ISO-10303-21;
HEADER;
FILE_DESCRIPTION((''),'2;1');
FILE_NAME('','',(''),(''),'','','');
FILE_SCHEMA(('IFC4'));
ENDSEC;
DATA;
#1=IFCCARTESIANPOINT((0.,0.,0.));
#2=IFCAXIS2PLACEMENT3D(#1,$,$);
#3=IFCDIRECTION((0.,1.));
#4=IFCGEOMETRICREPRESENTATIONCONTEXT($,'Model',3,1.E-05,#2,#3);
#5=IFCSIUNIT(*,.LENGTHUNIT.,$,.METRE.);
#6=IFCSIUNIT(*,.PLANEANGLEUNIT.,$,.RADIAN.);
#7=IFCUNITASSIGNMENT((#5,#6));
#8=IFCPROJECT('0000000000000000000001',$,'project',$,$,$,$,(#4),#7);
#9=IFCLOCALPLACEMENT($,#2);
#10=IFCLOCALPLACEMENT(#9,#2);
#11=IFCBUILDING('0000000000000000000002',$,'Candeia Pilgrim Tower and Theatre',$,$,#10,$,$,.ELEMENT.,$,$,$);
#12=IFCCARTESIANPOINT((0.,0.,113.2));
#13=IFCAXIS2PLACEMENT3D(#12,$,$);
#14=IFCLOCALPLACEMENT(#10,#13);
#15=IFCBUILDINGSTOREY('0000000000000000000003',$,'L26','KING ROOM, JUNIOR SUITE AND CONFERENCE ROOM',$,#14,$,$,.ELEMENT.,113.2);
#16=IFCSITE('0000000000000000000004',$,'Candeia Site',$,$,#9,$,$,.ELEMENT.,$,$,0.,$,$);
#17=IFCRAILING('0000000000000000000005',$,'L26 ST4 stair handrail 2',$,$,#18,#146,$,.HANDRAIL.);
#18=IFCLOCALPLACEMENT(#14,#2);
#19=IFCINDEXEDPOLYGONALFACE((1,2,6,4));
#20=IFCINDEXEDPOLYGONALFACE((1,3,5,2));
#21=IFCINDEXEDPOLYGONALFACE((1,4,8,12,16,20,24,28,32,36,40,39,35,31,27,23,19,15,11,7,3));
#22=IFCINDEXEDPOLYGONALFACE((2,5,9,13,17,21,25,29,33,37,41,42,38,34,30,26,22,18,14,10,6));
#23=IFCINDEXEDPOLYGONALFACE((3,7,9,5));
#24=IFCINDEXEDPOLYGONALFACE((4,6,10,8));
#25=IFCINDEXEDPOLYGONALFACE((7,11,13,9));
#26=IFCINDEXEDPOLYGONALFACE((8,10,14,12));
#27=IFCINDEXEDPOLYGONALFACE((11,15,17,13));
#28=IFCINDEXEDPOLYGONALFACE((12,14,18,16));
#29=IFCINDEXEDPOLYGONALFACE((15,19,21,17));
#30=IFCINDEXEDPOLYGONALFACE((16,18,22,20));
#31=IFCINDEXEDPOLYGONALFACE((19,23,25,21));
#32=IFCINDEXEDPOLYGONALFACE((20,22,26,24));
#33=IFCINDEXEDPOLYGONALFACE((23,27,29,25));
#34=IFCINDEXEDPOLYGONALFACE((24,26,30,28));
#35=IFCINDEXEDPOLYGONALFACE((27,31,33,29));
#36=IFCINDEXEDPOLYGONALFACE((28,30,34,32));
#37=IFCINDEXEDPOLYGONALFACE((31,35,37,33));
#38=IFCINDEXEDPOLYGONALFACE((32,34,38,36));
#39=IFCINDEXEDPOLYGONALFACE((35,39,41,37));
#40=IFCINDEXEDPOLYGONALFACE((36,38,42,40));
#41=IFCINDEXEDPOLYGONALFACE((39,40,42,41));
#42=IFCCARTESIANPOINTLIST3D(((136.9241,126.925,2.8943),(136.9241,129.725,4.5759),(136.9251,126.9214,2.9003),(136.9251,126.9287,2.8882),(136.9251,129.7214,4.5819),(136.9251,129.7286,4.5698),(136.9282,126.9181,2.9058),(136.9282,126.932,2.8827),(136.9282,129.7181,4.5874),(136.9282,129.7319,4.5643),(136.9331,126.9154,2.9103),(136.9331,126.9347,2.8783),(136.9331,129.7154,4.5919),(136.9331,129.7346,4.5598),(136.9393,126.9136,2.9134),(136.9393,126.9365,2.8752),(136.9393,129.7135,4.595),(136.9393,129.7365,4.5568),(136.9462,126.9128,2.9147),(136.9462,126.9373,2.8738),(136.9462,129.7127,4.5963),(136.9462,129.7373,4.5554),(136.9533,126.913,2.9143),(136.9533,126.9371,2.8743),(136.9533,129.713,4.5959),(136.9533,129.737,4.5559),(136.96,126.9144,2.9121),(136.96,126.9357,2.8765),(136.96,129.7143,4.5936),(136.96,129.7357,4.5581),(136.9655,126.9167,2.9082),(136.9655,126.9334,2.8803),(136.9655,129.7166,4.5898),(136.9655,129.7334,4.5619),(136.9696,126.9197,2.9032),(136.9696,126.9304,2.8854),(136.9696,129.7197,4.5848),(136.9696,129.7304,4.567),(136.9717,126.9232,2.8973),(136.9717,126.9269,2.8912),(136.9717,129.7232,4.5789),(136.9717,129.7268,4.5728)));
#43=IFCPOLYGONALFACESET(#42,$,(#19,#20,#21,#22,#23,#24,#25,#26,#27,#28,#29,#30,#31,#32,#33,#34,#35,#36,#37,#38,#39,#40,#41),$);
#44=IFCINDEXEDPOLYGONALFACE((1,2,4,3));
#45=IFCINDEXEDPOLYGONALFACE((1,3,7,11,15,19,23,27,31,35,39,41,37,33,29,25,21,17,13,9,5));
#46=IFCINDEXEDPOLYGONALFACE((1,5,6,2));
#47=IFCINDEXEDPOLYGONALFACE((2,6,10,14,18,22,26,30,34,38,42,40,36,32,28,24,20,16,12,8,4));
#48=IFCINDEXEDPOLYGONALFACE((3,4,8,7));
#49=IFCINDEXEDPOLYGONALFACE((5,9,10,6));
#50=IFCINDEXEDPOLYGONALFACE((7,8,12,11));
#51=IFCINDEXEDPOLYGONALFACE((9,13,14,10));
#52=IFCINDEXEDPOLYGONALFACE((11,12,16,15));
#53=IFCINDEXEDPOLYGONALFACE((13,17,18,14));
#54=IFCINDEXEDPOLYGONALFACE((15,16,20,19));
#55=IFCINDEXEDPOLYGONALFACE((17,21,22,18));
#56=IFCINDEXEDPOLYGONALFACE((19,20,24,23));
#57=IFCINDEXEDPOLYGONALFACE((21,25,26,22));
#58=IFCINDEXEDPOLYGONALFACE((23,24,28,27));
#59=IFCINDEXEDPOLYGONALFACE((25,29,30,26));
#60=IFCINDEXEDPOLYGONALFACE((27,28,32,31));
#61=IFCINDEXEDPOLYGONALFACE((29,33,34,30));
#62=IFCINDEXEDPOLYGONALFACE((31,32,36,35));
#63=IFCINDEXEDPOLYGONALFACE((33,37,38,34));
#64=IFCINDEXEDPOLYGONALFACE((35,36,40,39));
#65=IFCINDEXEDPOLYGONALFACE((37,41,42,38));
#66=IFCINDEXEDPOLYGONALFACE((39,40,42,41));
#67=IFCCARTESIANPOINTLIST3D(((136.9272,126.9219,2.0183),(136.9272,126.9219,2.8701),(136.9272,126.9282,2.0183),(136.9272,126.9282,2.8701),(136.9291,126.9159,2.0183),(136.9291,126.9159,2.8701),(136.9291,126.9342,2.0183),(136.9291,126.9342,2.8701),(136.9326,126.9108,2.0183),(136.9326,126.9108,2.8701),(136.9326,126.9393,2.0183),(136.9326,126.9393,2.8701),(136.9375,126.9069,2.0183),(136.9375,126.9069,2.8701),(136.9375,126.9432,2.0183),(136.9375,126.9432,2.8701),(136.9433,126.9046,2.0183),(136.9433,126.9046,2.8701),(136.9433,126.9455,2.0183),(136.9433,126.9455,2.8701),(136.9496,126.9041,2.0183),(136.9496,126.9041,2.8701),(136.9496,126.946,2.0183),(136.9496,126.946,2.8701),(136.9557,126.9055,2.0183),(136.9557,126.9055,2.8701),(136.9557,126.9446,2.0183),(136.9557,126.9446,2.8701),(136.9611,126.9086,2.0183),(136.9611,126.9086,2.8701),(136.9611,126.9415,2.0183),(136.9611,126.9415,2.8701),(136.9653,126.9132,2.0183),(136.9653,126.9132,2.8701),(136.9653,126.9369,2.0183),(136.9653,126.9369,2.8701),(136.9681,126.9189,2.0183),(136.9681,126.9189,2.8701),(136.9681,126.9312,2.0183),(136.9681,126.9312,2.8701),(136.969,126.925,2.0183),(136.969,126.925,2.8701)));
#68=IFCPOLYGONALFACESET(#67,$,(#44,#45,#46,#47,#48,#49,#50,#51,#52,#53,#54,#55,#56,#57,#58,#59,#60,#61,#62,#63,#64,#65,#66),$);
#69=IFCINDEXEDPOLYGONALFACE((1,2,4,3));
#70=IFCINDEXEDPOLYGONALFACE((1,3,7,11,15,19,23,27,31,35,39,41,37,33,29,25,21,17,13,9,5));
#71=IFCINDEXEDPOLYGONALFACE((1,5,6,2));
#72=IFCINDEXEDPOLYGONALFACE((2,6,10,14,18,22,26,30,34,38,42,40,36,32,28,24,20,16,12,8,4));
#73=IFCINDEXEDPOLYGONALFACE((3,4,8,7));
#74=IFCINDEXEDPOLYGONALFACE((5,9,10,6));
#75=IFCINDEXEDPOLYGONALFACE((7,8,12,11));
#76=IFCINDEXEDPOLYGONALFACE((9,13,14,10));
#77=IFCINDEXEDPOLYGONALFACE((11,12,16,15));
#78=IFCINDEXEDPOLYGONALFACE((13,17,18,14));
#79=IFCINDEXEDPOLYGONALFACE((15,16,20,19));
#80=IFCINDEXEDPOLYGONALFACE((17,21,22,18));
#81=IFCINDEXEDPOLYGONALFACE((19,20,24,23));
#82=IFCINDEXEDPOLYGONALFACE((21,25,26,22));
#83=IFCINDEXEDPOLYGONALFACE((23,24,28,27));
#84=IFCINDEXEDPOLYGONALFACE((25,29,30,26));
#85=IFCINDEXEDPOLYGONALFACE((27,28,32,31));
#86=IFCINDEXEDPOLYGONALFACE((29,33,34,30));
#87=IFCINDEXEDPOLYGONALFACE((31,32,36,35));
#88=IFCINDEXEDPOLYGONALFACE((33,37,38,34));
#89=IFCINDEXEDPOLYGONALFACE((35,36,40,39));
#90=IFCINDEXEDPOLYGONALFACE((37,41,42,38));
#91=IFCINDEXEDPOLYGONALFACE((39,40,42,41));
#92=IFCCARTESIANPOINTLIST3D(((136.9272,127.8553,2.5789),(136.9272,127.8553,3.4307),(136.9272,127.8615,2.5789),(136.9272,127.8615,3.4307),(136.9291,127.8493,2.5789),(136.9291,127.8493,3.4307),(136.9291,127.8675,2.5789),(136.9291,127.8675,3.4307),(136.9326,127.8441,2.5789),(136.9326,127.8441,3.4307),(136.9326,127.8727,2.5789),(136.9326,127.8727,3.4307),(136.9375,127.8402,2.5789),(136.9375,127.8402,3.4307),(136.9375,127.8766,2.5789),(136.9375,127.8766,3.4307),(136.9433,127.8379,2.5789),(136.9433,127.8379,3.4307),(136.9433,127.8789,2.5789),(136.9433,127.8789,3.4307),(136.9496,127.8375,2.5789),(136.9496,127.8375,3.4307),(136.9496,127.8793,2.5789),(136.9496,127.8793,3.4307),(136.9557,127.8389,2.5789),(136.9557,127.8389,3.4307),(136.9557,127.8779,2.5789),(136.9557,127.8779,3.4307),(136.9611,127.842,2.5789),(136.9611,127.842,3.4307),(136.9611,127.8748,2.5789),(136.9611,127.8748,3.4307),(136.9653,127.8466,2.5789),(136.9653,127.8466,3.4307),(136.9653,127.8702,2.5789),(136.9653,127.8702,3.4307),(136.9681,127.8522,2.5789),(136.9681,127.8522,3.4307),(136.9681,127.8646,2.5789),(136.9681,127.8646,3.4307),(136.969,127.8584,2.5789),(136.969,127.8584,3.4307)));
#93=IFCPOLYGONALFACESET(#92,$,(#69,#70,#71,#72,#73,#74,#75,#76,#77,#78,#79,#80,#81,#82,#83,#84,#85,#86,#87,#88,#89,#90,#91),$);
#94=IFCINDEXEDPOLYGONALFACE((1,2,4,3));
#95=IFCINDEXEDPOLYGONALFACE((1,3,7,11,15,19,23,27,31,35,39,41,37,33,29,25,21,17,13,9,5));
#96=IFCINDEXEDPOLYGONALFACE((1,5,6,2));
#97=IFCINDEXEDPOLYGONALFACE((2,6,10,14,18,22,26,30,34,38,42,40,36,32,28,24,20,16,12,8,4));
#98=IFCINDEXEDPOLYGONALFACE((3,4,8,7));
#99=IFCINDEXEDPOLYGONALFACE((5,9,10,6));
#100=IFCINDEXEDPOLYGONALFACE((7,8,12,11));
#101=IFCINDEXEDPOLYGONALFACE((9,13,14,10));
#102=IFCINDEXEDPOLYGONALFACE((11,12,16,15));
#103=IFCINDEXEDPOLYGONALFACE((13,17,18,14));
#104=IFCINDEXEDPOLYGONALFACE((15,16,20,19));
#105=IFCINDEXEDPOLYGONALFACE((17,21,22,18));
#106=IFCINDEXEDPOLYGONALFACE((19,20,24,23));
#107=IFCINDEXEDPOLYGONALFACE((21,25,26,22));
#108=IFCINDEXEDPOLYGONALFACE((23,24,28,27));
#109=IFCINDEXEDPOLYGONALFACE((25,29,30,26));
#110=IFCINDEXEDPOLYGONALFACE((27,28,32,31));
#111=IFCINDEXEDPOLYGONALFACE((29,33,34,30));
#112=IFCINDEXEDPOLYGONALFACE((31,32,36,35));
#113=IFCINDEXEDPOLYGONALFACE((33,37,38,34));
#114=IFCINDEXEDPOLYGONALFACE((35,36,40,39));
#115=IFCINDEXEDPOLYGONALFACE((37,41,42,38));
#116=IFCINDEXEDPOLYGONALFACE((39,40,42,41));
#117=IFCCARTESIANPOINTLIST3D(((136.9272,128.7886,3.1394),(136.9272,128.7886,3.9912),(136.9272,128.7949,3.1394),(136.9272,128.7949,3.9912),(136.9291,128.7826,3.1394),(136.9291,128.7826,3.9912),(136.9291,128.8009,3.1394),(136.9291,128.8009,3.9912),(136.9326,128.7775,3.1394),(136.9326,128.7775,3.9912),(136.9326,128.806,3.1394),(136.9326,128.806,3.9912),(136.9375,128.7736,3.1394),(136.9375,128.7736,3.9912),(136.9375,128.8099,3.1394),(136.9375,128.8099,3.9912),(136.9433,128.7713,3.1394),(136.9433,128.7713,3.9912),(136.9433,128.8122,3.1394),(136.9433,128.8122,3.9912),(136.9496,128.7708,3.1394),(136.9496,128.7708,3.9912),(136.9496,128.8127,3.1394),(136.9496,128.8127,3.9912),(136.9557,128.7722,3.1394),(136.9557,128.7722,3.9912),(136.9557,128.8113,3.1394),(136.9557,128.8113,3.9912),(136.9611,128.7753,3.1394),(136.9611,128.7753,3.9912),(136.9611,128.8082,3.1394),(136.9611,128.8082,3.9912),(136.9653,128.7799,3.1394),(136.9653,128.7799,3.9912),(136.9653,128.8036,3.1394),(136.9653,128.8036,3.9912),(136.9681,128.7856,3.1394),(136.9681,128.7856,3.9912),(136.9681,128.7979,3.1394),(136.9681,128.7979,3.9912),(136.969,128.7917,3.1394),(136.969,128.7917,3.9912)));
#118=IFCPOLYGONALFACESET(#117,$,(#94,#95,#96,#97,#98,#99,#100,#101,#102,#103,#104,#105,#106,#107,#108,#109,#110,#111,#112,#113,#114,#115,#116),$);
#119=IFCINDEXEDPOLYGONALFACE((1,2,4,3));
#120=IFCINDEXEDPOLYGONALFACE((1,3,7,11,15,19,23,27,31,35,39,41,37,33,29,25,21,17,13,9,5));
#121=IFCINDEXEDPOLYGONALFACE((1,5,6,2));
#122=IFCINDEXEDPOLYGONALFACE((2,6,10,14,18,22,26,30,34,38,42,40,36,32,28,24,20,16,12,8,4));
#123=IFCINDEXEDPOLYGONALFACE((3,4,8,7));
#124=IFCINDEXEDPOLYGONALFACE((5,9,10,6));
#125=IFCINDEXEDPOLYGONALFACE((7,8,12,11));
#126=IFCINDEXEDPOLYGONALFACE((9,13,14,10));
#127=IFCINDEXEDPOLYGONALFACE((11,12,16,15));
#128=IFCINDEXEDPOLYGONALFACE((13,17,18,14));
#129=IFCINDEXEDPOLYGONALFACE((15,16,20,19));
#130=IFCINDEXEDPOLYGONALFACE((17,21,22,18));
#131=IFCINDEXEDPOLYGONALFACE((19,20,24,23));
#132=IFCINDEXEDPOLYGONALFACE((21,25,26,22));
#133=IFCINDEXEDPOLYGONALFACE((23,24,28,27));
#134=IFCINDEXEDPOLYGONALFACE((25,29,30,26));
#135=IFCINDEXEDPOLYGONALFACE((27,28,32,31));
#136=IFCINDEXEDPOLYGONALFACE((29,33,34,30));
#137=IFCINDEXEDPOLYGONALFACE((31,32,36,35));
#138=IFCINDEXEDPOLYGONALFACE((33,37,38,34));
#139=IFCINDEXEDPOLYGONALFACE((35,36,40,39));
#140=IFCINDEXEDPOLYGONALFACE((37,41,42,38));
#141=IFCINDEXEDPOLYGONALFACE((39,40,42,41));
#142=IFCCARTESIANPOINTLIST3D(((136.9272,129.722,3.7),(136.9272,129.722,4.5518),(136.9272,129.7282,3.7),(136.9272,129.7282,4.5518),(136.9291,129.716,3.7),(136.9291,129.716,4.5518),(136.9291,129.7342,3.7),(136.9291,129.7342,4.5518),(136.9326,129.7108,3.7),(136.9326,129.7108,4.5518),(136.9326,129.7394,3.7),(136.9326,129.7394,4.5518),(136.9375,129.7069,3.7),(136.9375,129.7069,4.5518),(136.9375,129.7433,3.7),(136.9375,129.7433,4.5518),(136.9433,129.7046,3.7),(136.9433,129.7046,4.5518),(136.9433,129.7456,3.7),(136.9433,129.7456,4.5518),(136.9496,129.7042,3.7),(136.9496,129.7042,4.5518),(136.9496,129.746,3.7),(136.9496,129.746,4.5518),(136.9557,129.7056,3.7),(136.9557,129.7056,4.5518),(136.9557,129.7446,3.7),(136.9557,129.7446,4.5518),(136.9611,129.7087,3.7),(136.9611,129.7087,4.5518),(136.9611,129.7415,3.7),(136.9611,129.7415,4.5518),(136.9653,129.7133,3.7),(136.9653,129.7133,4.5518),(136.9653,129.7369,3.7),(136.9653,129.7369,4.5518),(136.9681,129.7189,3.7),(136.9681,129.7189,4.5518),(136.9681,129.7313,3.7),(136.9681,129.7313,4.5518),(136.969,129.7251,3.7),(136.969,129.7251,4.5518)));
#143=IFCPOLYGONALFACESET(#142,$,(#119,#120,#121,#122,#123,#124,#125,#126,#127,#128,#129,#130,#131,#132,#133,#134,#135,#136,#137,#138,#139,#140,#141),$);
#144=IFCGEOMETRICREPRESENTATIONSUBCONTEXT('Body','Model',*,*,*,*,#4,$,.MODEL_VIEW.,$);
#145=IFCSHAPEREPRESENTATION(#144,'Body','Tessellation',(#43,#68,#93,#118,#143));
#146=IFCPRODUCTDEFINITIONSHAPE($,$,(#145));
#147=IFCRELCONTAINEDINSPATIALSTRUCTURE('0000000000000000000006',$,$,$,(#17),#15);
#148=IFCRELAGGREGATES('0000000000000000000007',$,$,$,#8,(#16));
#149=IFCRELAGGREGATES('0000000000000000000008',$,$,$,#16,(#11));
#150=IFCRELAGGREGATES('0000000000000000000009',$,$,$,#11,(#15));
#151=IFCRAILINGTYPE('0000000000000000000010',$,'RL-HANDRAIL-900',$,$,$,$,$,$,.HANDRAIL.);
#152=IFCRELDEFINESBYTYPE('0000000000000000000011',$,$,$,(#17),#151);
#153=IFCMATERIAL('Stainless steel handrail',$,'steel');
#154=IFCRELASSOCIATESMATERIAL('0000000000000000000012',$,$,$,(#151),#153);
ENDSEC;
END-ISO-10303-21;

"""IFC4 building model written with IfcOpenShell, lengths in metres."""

from ifc_helpers import new_model, si_unit, direction, frame, origin, origin_2d, place, context, subcontext, project, spatial, circle, extrude, material, type_object, element, save


model = new_model("IFC4")

# Units and contexts
model_context = context("Model", 3, precision=1e-05, world=origin(), true_north=direction((0.0, 1.0)))
body_context = subcontext(model_context, "Body", "Model", "MODEL_VIEW")
ifc_project = project(units=[si_unit("LENGTHUNIT", "METRE"), si_unit("PLANEANGLEUNIT", "RADIAN")], contexts=[model_context])

# Site, building, storey
site_placement = place(None, origin())
site = spatial("IfcSite", under=ifc_project, at=site_placement, Name="Candeia Site", CompositionType="ELEMENT", RefElevation=0.0)
building_placement = place(site_placement, origin())
building = spatial("IfcBuilding", under=site, at=building_placement, Name="Candeia Pilgrim Tower and Theatre", CompositionType="ELEMENT")
storey_placement = place(building_placement, frame((0.0, 0.0, 113.2)))
storey = spatial("IfcBuildingStorey", under=building, at=storey_placement, Name="L26", Description="KING ROOM, JUNIOR SUITE AND CONFERENCE ROOM", CompositionType="ELEMENT", Elevation=113.2)

# Railing
ifc_material_1 = material(Name="Stainless steel handrail", Category="steel")
railing_type_1 = type_object("IfcRailingType", Name="RL-HANDRAIL-900", PredefinedType="HANDRAIL", material=ifc_material_1)
railing_1_placement = place(storey_placement, frame((136.948, 126.925, 2.0183)))
element("IfcRailing", 1, at=railing_1_placement, inside=storey, type_object=railing_type_1, Name="L26 ST4 stair handrail 2", PredefinedType="HANDRAIL", context=body_context, shape_type="SweptSolid", body=[
    extrude(circle(Radius=0.0239, at=origin_2d()), frame((0.0, 0.0, 0.876), z_axis=(0.0, 0.857275, 0.514858), x_axis=(-1.0, 0.0, 0.0)), (0.0, 0.0, 1.0), 3.2661),
    extrude(circle(Radius=0.021, at=origin_2d()), origin(), (0.0, 0.0, 1.0), 0.8518),
    extrude(circle(Radius=0.021, at=origin_2d()), frame((0.0, 0.9333, 0.5605)), (0.0, 0.0, 1.0), 0.8518),
    extrude(circle(Radius=0.021, at=origin_2d()), frame((0.0, 1.8667, 1.1211)), (0.0, 0.0, 1.0), 0.8518),
    extrude(circle(Radius=0.021, at=origin_2d()), frame((0.0, 2.8, 1.6816)), (0.0, 0.0, 1.0), 0.8518),
])

save(model, "model.ifc")
